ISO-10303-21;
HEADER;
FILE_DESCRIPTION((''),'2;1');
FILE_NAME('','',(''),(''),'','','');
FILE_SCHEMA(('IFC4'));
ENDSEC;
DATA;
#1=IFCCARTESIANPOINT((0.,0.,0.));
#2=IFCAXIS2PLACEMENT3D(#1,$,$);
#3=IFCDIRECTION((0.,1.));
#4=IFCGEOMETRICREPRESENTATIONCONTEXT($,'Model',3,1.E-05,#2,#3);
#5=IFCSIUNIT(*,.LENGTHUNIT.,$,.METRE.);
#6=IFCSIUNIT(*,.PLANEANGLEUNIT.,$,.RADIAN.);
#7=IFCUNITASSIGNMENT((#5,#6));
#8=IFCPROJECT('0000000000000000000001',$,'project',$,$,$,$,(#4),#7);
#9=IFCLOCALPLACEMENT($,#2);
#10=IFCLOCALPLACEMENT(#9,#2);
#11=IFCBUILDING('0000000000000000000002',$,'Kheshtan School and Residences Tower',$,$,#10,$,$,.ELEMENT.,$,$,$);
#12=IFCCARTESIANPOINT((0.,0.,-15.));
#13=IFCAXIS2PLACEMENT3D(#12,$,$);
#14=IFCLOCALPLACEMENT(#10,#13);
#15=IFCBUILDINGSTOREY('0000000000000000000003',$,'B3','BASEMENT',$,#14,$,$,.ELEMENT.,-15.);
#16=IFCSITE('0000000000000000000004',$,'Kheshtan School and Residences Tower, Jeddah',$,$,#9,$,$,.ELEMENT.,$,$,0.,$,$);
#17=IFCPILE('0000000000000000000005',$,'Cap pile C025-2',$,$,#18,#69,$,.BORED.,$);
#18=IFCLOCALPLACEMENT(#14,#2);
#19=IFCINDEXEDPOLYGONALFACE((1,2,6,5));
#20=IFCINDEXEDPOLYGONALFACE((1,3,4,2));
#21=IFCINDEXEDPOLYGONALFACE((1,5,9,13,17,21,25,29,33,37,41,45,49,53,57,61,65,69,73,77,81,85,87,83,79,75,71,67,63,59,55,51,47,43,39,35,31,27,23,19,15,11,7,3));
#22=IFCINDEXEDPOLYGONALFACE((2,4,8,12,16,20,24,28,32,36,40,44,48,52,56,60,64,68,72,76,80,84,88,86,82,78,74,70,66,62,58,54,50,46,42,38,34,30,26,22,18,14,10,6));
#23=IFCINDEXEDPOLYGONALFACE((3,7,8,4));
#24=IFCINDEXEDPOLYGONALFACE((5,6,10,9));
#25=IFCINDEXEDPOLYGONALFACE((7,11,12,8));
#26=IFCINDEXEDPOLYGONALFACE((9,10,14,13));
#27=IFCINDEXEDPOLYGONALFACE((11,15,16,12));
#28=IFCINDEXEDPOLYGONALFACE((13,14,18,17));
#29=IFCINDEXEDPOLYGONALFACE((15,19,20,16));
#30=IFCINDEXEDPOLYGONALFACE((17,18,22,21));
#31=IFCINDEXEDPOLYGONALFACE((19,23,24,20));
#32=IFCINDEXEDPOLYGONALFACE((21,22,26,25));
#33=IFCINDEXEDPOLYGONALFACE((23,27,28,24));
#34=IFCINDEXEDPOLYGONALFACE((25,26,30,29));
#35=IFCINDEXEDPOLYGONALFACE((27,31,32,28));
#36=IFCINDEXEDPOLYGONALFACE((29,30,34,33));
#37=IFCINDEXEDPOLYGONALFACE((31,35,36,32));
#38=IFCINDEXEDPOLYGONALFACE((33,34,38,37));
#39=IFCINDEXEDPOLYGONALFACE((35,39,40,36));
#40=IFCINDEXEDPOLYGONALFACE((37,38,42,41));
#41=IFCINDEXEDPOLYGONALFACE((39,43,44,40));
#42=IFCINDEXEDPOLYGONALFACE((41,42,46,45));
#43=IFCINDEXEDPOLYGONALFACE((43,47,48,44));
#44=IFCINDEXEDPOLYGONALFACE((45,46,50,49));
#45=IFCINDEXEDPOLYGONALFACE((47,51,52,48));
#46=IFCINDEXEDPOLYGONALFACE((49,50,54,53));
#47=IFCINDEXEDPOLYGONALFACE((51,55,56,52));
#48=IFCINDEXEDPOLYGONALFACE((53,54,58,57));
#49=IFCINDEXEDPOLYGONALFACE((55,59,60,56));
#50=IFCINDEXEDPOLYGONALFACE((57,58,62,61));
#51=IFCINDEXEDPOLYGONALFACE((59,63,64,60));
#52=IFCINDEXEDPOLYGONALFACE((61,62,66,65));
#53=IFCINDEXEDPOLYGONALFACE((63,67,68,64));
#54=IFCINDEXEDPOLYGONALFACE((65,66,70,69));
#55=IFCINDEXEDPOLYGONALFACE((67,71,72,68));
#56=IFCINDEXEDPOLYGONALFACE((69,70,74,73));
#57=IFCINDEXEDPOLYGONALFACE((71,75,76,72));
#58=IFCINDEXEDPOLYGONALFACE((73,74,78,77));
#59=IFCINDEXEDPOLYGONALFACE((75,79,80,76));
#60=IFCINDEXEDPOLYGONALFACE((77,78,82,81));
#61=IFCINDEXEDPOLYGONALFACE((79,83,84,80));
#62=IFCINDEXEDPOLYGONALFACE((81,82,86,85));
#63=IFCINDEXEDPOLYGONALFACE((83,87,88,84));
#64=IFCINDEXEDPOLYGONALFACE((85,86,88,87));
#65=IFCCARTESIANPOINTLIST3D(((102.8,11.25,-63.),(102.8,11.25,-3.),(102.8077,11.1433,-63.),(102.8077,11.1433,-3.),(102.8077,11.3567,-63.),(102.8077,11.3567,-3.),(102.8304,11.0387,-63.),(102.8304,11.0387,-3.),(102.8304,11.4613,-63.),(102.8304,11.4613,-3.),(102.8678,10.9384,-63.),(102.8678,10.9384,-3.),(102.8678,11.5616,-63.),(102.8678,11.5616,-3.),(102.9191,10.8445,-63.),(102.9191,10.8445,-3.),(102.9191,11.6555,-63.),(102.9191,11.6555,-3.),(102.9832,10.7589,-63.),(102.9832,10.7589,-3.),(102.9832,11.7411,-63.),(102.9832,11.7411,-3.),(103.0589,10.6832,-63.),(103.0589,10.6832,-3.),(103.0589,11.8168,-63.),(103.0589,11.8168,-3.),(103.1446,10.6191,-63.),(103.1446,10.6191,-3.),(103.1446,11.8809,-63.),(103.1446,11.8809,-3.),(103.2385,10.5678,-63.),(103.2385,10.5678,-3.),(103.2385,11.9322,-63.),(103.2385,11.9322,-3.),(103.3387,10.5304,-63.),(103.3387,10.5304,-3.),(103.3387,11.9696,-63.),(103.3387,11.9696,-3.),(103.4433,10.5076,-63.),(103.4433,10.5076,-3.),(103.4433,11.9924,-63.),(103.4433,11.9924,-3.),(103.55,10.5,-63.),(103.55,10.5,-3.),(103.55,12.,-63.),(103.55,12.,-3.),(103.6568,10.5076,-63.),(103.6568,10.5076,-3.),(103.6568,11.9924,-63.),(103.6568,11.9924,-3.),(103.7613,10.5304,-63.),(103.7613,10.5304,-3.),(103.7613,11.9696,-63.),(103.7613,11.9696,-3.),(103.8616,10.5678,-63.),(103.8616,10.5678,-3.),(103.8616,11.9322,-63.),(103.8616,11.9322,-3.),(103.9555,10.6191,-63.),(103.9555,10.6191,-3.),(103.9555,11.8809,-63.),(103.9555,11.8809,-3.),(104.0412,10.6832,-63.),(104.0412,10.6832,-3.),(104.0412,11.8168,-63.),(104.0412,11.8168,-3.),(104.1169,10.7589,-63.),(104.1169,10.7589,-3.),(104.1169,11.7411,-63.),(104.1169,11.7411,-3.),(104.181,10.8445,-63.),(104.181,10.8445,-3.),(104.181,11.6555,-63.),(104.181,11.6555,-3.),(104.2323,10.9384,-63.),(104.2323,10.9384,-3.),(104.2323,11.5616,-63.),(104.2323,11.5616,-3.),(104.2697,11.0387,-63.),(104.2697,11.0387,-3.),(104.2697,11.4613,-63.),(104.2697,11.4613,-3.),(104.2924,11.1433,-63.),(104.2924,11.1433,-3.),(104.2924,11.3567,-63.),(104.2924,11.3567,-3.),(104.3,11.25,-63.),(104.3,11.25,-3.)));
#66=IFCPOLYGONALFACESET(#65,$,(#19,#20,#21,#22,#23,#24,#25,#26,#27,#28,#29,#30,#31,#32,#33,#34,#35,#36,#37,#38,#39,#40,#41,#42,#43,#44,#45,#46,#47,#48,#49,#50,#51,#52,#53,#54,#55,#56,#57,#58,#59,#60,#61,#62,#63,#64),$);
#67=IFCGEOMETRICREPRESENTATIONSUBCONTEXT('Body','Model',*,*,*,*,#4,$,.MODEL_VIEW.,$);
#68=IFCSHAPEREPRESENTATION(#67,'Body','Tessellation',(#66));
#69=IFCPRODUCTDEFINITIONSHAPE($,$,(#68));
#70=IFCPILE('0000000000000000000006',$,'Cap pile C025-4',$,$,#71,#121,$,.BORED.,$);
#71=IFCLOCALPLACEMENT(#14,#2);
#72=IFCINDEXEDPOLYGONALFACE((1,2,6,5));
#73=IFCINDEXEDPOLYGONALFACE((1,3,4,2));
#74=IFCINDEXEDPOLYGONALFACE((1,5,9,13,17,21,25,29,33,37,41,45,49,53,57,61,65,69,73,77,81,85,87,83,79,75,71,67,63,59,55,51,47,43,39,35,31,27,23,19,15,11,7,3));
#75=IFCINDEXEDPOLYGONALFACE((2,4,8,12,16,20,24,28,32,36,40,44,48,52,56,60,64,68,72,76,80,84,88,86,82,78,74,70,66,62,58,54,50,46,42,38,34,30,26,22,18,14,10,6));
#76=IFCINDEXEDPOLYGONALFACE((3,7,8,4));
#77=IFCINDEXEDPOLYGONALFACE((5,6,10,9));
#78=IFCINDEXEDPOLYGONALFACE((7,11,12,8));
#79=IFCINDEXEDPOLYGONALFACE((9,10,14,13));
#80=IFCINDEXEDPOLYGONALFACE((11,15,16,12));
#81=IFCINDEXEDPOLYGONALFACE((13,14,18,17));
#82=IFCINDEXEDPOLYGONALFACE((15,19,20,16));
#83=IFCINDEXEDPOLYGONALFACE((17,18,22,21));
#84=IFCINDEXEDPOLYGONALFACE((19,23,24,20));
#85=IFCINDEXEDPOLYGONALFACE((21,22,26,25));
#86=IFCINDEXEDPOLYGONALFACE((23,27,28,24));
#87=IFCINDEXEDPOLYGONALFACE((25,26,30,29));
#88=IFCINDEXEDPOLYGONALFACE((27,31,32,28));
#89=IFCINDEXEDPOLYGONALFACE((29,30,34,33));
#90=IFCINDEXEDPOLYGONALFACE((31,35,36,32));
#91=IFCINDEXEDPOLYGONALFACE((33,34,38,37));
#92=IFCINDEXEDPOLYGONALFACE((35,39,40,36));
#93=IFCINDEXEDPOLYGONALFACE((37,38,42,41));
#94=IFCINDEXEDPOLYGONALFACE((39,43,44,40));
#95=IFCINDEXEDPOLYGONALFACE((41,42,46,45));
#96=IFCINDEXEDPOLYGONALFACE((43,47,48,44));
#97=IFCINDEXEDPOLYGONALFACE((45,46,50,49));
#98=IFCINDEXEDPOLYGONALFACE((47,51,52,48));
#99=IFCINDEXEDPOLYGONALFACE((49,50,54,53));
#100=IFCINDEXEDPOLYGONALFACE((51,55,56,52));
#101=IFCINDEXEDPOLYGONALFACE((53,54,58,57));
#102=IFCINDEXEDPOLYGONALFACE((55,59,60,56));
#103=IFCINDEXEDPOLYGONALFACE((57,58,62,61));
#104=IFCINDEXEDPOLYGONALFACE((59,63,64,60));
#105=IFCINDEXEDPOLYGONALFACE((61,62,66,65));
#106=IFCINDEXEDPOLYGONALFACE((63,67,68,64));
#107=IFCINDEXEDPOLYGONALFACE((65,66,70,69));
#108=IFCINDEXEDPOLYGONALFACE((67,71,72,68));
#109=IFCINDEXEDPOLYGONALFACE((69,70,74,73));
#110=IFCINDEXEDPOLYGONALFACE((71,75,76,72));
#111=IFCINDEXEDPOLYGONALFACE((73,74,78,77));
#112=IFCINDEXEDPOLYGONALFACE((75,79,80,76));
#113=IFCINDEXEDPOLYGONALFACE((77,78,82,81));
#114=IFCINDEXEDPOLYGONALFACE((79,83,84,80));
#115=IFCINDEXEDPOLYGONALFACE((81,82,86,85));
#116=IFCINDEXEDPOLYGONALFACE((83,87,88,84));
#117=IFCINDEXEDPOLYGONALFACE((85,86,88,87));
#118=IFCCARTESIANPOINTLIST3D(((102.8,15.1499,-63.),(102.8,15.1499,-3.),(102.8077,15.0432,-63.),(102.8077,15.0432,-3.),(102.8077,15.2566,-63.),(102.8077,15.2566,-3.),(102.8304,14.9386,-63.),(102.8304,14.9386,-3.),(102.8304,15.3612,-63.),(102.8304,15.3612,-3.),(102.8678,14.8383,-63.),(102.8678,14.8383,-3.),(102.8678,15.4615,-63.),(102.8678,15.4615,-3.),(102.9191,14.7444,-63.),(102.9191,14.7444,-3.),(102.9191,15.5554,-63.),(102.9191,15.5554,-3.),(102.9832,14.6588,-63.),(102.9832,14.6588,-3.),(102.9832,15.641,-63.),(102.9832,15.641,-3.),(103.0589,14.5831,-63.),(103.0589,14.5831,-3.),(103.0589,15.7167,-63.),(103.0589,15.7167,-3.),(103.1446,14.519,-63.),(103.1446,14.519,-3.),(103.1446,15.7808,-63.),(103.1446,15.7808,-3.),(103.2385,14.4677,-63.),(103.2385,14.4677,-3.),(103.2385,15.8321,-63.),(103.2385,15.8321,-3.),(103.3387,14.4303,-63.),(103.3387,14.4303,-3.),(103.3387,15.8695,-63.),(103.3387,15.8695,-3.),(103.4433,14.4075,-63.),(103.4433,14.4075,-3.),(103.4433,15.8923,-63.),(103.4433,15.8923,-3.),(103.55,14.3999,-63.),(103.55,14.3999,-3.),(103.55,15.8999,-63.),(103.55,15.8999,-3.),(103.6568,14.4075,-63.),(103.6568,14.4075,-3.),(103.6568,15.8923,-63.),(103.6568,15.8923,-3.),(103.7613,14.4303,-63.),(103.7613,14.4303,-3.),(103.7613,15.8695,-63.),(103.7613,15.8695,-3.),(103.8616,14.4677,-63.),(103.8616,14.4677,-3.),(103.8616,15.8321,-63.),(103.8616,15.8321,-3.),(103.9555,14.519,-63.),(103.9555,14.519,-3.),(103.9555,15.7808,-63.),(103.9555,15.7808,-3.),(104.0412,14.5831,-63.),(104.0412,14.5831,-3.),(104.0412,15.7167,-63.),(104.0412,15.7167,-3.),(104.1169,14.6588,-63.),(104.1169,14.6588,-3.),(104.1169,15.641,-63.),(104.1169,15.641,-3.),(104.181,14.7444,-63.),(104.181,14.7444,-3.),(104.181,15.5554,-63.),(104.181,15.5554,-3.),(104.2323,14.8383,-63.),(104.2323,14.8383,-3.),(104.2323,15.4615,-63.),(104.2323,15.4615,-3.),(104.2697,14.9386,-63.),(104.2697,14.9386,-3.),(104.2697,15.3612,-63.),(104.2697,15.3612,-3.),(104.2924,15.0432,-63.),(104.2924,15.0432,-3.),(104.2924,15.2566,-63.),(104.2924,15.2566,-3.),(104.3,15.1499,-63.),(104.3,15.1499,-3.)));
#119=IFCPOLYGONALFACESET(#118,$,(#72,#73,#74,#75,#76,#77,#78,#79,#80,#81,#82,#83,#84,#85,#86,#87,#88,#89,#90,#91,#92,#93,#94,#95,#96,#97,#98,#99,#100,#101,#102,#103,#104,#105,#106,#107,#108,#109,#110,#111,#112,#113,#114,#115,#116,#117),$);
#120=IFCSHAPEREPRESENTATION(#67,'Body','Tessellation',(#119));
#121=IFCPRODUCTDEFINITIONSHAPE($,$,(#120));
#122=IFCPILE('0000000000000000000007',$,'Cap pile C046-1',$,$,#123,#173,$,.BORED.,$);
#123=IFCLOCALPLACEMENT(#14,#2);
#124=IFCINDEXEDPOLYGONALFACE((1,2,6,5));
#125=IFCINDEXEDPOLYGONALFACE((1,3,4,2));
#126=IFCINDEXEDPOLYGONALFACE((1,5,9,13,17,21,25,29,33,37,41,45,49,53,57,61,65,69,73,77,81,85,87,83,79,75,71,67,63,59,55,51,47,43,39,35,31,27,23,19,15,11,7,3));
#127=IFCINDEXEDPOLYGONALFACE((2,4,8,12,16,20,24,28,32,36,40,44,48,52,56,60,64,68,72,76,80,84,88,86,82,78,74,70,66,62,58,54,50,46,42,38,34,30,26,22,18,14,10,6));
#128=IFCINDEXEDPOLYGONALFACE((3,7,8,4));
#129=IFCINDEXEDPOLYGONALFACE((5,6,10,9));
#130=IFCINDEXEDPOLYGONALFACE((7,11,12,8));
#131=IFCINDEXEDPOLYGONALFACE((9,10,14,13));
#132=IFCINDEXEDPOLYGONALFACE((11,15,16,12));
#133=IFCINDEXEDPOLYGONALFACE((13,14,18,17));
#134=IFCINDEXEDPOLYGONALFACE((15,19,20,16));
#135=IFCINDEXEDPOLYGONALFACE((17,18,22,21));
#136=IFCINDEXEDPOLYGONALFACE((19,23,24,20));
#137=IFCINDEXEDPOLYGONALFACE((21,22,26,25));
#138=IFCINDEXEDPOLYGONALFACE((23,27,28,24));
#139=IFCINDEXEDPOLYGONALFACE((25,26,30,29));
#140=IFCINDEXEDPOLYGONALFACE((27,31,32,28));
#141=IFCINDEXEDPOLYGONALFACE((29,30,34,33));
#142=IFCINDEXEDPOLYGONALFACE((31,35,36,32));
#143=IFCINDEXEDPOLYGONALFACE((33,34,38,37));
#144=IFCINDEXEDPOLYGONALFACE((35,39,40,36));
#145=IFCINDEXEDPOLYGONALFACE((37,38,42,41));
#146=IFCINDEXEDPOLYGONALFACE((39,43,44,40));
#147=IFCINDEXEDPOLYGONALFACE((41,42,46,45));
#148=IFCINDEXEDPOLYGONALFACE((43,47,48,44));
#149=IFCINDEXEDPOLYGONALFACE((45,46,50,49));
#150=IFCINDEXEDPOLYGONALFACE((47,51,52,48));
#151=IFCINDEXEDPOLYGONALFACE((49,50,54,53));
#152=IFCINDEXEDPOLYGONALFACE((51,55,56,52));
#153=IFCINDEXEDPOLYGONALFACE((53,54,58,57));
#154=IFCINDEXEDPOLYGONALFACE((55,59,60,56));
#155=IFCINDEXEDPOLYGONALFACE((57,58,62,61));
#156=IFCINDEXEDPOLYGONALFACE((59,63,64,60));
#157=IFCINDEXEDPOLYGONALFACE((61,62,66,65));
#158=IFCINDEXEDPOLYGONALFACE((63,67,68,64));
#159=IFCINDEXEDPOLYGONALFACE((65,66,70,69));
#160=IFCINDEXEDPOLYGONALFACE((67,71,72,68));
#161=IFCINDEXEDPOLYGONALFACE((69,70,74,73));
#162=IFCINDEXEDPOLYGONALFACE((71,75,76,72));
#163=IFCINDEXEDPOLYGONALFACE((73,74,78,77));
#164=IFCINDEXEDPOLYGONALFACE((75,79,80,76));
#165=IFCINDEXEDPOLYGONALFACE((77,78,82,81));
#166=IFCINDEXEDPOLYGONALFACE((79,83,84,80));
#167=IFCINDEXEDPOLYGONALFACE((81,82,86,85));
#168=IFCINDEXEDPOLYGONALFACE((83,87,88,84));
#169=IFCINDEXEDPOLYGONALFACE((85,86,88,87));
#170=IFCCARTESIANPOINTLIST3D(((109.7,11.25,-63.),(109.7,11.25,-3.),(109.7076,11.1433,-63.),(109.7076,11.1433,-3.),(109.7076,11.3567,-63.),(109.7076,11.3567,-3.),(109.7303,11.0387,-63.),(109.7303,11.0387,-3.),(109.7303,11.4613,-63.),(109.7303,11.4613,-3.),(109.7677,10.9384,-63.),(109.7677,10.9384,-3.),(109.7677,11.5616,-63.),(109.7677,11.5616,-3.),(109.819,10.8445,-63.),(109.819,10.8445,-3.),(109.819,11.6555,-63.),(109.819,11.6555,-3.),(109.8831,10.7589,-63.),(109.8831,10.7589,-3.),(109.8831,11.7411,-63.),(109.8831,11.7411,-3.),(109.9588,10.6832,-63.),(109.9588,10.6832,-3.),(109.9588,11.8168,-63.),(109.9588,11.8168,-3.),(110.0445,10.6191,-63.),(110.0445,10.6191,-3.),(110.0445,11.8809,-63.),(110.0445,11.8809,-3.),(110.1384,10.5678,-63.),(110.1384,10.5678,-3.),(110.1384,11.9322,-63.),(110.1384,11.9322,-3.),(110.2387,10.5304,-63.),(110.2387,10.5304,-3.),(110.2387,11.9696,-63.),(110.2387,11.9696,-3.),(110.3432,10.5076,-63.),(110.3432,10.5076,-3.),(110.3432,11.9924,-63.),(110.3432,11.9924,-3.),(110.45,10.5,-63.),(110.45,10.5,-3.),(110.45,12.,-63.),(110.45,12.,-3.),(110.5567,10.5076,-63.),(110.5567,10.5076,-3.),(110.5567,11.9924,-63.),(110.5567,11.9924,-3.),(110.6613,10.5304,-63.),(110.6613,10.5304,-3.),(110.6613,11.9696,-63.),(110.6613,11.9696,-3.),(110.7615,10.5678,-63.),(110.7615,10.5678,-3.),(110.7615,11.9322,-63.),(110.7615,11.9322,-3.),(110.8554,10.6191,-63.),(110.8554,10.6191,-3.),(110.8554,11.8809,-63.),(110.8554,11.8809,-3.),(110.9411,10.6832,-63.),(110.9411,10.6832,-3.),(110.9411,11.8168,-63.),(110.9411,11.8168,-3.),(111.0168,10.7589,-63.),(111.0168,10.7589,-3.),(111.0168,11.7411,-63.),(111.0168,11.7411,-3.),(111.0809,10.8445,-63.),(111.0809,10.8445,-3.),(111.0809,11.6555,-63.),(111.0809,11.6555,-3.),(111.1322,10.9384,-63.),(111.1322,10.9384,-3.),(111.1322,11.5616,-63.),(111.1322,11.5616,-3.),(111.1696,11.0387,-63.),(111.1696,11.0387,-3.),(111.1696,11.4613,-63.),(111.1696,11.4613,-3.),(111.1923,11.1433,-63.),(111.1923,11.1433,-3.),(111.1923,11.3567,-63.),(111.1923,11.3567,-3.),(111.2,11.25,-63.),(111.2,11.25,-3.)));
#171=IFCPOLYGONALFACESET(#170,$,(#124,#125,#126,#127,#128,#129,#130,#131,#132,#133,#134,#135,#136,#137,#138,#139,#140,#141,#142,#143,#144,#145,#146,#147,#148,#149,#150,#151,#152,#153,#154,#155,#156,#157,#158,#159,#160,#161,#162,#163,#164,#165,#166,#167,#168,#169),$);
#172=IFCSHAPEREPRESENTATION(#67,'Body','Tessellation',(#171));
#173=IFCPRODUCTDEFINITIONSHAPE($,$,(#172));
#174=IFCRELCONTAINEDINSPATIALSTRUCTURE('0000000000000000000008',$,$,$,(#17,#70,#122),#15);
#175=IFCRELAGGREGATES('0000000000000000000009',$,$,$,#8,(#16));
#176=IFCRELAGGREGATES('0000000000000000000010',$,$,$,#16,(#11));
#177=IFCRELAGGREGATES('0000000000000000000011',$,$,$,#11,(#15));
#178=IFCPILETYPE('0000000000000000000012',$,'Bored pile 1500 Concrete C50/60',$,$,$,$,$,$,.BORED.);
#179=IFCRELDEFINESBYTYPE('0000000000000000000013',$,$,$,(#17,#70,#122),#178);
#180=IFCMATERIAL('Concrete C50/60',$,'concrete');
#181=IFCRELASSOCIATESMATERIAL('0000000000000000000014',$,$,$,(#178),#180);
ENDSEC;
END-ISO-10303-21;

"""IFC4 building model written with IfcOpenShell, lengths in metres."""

from ifc_helpers import new_model, si_unit, direction, frame, origin, origin_2d, place, context, subcontext, project, spatial, circle, extrude, material, material_profile, profile_set, type_object, element, save


model = new_model("IFC4")

# Units and contexts
model_context = context("Model", 3, precision=1e-05, world=origin(), true_north=direction((0.0, 1.0)))
body_context = subcontext(model_context, "Body", "Model", "MODEL_VIEW")
ifc_project = project(units=[si_unit("LENGTHUNIT", "METRE"), si_unit("PLANEANGLEUNIT", "RADIAN")], contexts=[model_context])

# Site, building, storey
site_placement = place(None, origin())
site = spatial("IfcSite", under=ifc_project, at=site_placement, Name="Kheshtan School and Residences Tower, Jeddah", CompositionType="ELEMENT", RefElevation=0.0)
building_placement = place(site_placement, origin())
building = spatial("IfcBuilding", under=site, at=building_placement, Name="Kheshtan School and Residences Tower", CompositionType="ELEMENT")
storey_placement = place(building_placement, frame((0.0, 0.0, -15.0)))
storey = spatial("IfcBuildingStorey", under=building, at=storey_placement, Name="B3", Description="BASEMENT", CompositionType="ELEMENT", Elevation=-15.0)

# Piles
ifc_material_1 = material(Name="Concrete C50/60", Category="concrete")
ifc_material_profile_1 = material_profile(ifc_material_1, circle(Radius=0.75, at=origin_2d()), Name="BP 1500")
ifc_profile_set_1 = profile_set([ifc_material_profile_1], Name="Concrete C50/60")
pile_type_1 = type_object("IfcPileType", Name="Bored pile 1500 Concrete C50/60", PredefinedType="BORED", material=ifc_profile_set_1)
for number, where, z_axis, x_axis, name in (
    (1, (103.55, 11.25, -3.0), (0.0, 0.0, -1.0), (1.0, 0.0, 0.0), "Cap pile C025-2"),
    (2, (103.55, 15.1499, -3.0), (0.0, 0.0, -1.0), (1.0, 0.0, 0.0), "Cap pile C025-4"),
    (3, (110.45, 11.25, -3.0), (0.0, 0.0, -1.0), (1.0, 0.0, 0.0), "Cap pile C046-1"),
):
    element("IfcPile", number, at=place(storey_placement, frame(where, z_axis=z_axis, x_axis=x_axis)), inside=storey, type_object=pile_type_1, Name=name, PredefinedType="BORED", context=body_context, shape_type="SweptSolid", body=[
        extrude(circle(Radius=0.75, at=origin_2d()), origin(), (0.0, 0.0, 1.0), 60.0),
    ])

save(model, "model.ifc")
